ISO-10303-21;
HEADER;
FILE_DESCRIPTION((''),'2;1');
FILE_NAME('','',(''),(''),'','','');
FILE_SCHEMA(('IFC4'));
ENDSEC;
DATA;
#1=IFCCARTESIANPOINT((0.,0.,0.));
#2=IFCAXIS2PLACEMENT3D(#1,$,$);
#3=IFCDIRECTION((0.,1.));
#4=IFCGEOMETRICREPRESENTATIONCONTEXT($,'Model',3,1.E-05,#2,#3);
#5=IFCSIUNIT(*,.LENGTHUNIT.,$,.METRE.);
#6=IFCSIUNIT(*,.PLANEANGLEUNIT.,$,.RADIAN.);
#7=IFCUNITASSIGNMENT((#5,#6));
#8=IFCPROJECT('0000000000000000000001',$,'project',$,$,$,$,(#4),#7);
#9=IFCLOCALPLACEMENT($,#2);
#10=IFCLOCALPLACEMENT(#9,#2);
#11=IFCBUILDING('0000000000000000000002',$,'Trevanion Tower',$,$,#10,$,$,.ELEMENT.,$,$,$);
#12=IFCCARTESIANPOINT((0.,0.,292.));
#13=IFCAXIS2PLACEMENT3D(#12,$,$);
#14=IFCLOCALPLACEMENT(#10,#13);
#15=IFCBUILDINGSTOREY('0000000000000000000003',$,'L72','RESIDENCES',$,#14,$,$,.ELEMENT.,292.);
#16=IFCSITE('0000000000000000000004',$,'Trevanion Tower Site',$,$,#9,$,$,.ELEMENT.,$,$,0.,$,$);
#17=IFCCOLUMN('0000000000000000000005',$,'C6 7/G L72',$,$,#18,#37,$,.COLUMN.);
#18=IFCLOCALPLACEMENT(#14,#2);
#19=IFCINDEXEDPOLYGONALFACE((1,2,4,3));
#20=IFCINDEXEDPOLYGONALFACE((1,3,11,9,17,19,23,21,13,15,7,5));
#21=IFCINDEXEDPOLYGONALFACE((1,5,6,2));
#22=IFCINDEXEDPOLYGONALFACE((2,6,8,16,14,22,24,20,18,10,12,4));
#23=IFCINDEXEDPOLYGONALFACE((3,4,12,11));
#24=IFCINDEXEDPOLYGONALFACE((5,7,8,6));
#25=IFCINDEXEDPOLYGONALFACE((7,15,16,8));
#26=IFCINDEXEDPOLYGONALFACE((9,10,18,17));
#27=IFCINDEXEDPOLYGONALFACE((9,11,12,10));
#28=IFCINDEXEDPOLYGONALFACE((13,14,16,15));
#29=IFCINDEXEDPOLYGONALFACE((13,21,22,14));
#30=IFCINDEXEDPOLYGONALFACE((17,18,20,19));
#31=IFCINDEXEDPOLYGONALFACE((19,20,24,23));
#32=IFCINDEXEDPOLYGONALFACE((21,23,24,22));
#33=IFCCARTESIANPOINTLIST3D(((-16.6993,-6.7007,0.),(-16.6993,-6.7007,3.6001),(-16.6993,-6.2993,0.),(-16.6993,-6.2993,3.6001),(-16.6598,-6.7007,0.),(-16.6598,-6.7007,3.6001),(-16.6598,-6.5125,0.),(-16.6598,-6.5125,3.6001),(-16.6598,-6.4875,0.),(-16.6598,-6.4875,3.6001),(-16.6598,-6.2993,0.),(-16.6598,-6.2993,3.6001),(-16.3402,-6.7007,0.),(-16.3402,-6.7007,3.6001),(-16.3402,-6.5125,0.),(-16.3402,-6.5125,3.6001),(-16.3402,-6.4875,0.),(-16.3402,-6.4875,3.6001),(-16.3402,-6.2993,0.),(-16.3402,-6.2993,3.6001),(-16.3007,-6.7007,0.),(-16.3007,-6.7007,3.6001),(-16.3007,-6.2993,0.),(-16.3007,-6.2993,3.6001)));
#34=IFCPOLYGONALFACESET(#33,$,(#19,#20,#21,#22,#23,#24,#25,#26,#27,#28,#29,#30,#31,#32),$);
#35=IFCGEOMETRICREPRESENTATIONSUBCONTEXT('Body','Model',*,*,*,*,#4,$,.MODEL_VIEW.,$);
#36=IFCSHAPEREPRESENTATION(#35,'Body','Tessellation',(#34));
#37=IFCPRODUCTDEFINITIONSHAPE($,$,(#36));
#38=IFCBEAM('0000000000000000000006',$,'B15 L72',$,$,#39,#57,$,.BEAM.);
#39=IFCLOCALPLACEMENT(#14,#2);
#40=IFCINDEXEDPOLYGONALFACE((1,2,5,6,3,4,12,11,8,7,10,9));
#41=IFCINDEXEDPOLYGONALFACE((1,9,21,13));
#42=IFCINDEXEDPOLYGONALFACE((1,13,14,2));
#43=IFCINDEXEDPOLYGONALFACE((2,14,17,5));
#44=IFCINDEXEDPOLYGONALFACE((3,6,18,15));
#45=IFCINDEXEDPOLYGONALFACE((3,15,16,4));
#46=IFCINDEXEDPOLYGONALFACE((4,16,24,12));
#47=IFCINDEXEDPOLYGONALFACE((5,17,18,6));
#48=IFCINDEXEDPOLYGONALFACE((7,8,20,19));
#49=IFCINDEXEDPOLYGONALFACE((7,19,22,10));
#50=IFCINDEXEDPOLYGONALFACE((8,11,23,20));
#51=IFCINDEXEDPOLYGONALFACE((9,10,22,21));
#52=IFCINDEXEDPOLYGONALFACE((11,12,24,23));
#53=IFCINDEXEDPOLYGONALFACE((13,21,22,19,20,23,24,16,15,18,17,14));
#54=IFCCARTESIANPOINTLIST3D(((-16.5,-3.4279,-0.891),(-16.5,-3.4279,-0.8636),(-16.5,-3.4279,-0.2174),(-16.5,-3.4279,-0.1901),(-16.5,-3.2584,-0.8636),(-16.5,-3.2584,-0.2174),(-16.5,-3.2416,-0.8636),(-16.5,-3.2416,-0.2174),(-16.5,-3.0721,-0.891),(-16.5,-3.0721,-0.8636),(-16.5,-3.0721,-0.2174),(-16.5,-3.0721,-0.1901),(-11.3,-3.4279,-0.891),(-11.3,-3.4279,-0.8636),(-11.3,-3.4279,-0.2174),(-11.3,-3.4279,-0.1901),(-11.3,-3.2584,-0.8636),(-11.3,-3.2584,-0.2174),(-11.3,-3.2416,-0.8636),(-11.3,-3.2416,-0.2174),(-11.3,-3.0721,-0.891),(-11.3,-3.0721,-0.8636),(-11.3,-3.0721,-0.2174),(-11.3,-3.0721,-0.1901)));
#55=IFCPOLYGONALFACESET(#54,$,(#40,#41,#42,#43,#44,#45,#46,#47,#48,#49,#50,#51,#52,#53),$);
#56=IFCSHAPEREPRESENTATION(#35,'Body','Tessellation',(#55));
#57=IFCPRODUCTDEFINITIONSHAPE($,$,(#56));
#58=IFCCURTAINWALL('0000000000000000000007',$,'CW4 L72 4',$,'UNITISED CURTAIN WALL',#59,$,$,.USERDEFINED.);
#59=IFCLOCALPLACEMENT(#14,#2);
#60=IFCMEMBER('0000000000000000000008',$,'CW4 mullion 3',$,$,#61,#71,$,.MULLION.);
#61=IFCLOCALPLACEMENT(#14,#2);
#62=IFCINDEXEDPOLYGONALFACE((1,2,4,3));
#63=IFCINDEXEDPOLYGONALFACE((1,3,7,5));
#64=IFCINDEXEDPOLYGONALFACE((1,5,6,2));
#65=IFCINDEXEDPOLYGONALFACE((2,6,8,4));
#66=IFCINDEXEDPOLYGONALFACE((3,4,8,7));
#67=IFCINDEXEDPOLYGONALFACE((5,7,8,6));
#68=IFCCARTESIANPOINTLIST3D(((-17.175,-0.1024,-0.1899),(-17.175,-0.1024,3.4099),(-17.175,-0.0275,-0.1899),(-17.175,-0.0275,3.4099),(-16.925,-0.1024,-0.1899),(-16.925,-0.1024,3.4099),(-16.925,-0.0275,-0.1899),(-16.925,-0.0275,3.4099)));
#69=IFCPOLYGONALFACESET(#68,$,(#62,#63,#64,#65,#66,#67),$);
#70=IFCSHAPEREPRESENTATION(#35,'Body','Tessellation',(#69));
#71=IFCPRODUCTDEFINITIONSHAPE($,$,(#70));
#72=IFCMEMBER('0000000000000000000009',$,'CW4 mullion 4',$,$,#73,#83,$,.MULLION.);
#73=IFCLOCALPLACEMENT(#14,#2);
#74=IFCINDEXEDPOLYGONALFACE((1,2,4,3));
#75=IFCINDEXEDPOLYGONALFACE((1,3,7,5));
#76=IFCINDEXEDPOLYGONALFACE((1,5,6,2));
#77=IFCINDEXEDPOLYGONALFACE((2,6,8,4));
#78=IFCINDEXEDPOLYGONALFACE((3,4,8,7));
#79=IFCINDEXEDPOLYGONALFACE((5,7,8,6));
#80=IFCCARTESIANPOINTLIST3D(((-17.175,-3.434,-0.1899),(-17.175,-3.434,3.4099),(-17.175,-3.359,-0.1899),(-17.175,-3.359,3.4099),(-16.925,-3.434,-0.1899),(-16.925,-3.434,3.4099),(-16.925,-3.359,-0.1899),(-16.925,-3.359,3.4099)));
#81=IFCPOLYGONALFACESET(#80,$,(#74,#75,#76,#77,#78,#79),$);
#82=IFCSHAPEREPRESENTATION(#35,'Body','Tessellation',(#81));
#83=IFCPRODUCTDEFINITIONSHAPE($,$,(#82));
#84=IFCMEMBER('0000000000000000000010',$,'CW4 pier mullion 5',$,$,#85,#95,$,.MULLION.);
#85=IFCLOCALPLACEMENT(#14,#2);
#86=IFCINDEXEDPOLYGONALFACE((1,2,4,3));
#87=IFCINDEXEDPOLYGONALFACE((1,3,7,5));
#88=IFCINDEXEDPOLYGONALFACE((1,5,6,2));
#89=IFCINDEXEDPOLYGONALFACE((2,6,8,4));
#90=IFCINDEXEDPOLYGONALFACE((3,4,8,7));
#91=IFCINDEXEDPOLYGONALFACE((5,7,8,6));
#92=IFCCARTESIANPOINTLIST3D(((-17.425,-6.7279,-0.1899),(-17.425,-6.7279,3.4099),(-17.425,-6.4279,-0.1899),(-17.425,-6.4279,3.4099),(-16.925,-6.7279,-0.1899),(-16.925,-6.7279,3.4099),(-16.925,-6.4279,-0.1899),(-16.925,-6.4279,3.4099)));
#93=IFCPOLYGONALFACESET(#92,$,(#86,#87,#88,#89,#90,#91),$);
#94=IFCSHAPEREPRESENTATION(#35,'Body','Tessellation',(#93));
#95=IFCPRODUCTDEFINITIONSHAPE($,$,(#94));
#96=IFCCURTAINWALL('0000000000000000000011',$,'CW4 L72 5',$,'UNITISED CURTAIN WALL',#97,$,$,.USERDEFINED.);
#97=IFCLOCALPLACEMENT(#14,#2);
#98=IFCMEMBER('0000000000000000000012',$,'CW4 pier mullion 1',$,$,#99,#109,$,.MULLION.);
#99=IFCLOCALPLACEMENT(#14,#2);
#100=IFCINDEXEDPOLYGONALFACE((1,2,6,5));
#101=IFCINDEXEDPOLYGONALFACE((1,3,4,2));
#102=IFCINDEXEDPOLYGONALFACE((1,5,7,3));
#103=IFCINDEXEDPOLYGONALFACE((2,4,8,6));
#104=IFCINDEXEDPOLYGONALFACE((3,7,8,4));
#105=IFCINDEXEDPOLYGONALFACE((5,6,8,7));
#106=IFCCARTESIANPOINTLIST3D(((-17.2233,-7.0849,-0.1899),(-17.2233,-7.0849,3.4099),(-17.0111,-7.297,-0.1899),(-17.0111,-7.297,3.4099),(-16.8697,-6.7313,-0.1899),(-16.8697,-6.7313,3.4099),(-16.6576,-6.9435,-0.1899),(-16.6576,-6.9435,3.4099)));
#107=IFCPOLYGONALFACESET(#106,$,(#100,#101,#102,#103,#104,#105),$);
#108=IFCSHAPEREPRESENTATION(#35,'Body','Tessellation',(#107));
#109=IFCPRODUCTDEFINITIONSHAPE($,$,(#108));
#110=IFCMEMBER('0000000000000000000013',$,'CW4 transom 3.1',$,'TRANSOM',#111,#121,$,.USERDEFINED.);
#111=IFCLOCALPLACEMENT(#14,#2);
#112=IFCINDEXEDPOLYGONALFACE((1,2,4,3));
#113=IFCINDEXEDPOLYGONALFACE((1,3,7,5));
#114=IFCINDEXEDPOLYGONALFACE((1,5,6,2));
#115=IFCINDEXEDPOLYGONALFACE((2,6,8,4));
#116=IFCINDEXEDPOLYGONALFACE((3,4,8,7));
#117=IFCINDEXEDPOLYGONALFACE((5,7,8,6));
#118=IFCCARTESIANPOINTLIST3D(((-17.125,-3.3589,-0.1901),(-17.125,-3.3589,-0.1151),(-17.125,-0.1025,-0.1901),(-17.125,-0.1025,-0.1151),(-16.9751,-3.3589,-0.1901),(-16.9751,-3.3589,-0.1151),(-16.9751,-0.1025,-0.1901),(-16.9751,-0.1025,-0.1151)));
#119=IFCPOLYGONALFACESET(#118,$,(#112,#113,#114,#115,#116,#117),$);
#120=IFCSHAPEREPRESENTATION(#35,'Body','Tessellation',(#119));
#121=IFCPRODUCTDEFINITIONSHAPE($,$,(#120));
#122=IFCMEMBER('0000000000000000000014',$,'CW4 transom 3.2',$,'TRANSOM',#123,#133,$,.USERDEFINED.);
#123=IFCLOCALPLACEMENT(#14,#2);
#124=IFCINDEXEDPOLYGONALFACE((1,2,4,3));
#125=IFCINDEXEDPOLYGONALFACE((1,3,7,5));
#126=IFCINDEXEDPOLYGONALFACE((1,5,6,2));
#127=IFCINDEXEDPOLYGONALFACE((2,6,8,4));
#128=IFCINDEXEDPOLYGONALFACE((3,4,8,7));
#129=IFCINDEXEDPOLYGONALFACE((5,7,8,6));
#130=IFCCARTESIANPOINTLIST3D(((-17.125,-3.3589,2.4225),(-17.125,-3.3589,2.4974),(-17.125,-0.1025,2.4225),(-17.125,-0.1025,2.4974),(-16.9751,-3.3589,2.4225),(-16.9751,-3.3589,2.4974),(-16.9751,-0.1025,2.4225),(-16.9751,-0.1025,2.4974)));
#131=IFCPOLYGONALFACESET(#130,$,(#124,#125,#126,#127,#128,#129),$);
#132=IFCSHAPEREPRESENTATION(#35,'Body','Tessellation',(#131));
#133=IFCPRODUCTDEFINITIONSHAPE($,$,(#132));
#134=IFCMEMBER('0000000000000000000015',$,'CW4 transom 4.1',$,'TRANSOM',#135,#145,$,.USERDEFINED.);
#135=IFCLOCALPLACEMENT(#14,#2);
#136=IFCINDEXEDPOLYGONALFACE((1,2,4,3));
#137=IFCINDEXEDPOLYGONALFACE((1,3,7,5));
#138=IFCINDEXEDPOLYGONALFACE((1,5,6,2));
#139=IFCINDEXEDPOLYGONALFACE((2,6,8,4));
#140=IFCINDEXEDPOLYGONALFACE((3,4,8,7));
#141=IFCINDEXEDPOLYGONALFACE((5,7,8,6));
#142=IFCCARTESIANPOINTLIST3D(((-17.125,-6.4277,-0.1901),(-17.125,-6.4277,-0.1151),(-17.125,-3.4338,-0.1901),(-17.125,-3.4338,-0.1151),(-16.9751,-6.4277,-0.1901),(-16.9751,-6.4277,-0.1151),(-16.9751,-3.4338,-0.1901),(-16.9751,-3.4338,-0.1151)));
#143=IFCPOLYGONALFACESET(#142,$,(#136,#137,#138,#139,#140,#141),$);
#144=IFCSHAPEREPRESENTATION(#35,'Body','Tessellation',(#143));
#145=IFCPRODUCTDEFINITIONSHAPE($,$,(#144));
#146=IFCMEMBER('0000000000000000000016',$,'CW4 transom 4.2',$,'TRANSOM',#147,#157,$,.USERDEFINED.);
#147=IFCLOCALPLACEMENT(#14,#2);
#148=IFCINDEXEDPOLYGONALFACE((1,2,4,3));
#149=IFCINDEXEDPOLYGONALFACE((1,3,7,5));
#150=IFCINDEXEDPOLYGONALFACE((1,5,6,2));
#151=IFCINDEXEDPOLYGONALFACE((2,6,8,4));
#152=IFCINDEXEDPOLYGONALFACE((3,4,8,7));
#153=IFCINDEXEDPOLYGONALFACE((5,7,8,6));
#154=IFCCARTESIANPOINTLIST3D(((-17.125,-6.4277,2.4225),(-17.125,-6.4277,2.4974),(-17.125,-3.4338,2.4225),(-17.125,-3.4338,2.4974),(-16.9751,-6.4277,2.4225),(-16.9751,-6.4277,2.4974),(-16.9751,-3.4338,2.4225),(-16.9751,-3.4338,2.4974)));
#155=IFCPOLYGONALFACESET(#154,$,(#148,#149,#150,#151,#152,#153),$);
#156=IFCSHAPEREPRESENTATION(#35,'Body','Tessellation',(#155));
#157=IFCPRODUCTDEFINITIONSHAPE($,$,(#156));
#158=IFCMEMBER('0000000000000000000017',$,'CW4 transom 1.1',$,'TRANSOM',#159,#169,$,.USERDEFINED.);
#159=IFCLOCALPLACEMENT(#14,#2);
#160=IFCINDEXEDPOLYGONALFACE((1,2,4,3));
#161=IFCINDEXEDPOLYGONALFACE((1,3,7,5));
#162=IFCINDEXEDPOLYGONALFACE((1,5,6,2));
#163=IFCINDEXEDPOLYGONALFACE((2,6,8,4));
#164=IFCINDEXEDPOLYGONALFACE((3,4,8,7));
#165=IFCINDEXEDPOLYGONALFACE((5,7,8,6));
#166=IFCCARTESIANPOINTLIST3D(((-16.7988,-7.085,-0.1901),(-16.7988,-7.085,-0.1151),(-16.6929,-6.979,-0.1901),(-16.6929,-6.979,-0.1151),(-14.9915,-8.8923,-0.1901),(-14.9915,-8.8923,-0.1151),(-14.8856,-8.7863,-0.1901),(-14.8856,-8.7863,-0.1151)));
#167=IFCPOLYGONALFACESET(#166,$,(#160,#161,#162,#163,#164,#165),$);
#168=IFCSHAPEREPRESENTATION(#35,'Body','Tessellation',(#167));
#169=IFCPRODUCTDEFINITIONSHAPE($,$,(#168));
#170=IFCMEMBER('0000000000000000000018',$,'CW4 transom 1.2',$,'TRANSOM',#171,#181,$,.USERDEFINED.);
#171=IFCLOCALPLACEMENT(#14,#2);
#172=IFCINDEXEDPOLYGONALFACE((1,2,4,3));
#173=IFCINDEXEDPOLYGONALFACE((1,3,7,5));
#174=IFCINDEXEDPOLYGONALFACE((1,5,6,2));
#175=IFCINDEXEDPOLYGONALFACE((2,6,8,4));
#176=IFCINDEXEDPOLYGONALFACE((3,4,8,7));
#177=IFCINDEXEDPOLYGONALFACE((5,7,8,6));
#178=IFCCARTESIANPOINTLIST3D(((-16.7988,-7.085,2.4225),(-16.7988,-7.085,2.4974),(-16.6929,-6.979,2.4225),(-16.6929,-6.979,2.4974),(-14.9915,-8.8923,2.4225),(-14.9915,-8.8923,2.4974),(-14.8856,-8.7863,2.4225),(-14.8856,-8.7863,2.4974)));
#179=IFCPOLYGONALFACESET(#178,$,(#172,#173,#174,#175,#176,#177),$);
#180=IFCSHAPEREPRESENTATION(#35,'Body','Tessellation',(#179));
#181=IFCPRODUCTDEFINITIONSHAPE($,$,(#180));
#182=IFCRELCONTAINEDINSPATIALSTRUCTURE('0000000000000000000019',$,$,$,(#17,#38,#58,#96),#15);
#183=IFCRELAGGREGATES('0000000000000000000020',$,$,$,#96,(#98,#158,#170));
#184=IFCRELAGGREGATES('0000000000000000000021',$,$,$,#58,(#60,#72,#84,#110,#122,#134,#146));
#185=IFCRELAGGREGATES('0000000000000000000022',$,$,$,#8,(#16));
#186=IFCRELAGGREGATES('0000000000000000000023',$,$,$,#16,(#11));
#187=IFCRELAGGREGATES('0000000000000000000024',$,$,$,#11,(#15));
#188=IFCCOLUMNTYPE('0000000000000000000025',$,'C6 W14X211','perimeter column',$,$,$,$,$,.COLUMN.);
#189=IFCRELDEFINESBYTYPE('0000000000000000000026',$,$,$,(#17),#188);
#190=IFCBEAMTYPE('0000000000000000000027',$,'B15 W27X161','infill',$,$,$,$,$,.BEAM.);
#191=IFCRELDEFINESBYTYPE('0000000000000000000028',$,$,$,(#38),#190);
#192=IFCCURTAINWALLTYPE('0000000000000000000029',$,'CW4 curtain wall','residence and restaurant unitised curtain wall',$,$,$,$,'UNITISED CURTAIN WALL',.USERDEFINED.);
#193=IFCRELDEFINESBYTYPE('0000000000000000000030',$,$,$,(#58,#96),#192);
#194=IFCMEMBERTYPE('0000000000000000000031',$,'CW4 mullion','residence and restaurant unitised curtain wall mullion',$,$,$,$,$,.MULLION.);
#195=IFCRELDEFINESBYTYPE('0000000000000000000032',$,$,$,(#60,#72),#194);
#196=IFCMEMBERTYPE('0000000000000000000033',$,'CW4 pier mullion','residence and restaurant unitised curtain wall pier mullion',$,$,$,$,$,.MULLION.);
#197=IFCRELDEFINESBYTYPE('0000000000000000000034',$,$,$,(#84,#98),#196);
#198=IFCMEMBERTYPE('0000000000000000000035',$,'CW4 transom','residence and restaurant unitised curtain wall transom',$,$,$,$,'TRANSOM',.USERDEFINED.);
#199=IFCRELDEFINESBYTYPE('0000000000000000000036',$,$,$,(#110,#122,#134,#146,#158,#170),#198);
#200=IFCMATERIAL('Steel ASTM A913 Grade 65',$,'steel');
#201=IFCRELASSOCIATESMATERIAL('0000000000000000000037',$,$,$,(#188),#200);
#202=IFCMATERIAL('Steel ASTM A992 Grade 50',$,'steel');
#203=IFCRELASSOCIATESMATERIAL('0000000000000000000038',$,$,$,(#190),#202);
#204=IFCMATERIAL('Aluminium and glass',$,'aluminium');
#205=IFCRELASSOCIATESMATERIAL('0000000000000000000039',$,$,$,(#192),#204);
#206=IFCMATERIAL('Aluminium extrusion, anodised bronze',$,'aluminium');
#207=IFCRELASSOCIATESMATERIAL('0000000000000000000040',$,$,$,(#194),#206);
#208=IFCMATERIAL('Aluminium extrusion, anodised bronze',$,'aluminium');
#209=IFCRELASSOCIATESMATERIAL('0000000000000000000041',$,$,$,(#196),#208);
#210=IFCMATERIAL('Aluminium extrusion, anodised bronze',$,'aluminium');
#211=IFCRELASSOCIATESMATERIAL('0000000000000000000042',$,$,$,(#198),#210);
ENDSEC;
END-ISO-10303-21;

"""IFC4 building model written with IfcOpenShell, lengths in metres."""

from ifc_helpers import new_model, si_unit, direction, frame, origin, origin_2d, place, context, subcontext, project, spatial, rectangle, i_section, extrude, material, material_profile, profile_set, type_object, element, aggregate, save


model = new_model("IFC4")

# Units and contexts
model_context = context("Model", 3, precision=1e-05, world=origin(), true_north=direction((0.0, 1.0)))
body_context = subcontext(model_context, "Body", "Model", "MODEL_VIEW")
ifc_project = project(units=[si_unit("LENGTHUNIT", "METRE"), si_unit("PLANEANGLEUNIT", "RADIAN")], contexts=[model_context])

# Site, building, storey
site_placement = place(None, origin())
site = spatial("IfcSite", under=ifc_project, at=site_placement, Name="Trevanion Tower Site", CompositionType="ELEMENT", RefElevation=0.0)
building_placement = place(site_placement, origin())
building = spatial("IfcBuilding", under=site, at=building_placement, Name="Trevanion Tower", CompositionType="ELEMENT")
storey_placement = place(building_placement, frame((0.0, 0.0, 292.0)))
storey = spatial("IfcBuildingStorey", under=building, at=storey_placement, Name="L72", Description="RESIDENCES", CompositionType="ELEMENT", Elevation=292.0)

# Column
ifc_material_1 = material(Name="Steel ASTM A913 Grade 65", Category="steel")
ifc_material_profile_1 = material_profile(ifc_material_1, i_section(OverallWidth=0.4014, OverallDepth=0.3987, WebThickness=0.0249, FlangeThickness=0.0396, at=origin_2d()), Name="W14X211")
ifc_profile_set_1 = profile_set([ifc_material_profile_1], Name="Steel ASTM A913 Grade 65")
column_type = type_object("IfcColumnType", Name="C6 W14X211", Description="perimeter column", PredefinedType="COLUMN", material=ifc_profile_set_1)
column_placement = place(storey_placement, frame((-16.5, -6.5, 0.0), z_axis=(0.0, 0.0, 1.0), x_axis=(0.0, 1.0, 0.0)))
element("IfcColumn", 1, at=column_placement, inside=storey, type_object=column_type, Name="C6 7/G L72", PredefinedType="COLUMN", context=body_context, shape_type="SweptSolid", body=[
    extrude(i_section(OverallWidth=0.4014, OverallDepth=0.3987, WebThickness=0.0249, FlangeThickness=0.0396, at=origin_2d()), origin(), (0.0, 0.0, 1.0), 3.6001),
])

# Beam
ifc_material_2 = material(Name="Steel ASTM A992 Grade 50", Category="steel")
ifc_material_profile_2 = material_profile(ifc_material_2, i_section(OverallWidth=0.3557, OverallDepth=0.7009, WebThickness=0.0168, FlangeThickness=0.0273, at=origin_2d()), Name="W27X161")
ifc_profile_set_2 = profile_set([ifc_material_profile_2], Name="Steel ASTM A992 Grade 50")
beam_type_1 = type_object("IfcBeamType", Name="B15 W27X161", Description="infill", PredefinedType="BEAM", material=ifc_profile_set_2)
beam_1_placement = place(storey_placement, frame((-11.3, -3.25, -0.5405), z_axis=(-1.0, 0.0, 0.0), x_axis=(0.0, -1.0, 0.0)))
element("IfcBeam", 2, at=beam_1_placement, inside=storey, type_object=beam_type_1, Name="B15 L72", PredefinedType="BEAM", context=body_context, shape_type="SweptSolid", body=[
    extrude(i_section(OverallWidth=0.3557, OverallDepth=0.7009, WebThickness=0.0168, FlangeThickness=0.0273, at=origin_2d()), origin(), (0.0, 0.0, 1.0), 5.2),
])

# Curtain wall, members
ifc_material_3 = material(Name="Aluminium and glass", Category="aluminium")
curtain_wall_type = type_object("IfcCurtainWallType", Name="CW4 curtain wall", Description="residence and restaurant unitised curtain wall", ElementType="UNITISED CURTAIN WALL", PredefinedType="USERDEFINED", material=ifc_material_3)
curtain_wall_1_placement = place(storey_placement, origin())
curtain_wall_1 = element("IfcCurtainWall", 3, at=curtain_wall_1_placement, inside=storey, type_object=curtain_wall_type, Name="CW4 L72 4", ObjectType="UNITISED CURTAIN WALL", PredefinedType="USERDEFINED")
ifc_material_4 = material(Name="Aluminium extrusion, anodised bronze", Category="aluminium")
ifc_material_profile_3 = material_profile(ifc_material_4, rectangle(XDim=0.075, YDim=0.25, at=origin_2d()), Name="CW4 mullion")
ifc_profile_set_3 = profile_set([ifc_material_profile_3], Name="Aluminium extrusion, anodised bronze")
member_type_1 = type_object("IfcMemberType", Name="CW4 mullion", Description="residence and restaurant unitised curtain wall mullion", PredefinedType="MULLION", material=ifc_profile_set_3)
member_1_placement = place(storey_placement, frame((-17.05, -0.0649, -0.1899), z_axis=(0.0, 0.0, 1.0), x_axis=(0.0, -1.0, 0.0)))
member_1 = element("IfcMember", 4, at=member_1_placement, type_object=member_type_1, Name="CW4 mullion 3", PredefinedType="MULLION", context=body_context, shape_type="SweptSolid", body=[
    extrude(rectangle(XDim=0.075, YDim=0.25, at=origin_2d()), origin(), (0.0, 0.0, 1.0), 3.5999),
])
member_2_placement = place(storey_placement, frame((-17.05, -3.3965, -0.1899), z_axis=(0.0, 0.0, 1.0), x_axis=(0.0, -1.0, 0.0)))
member_2 = element("IfcMember", 5, at=member_2_placement, type_object=member_type_1, Name="CW4 mullion 4", PredefinedType="MULLION", context=body_context, shape_type="SweptSolid", body=[
    extrude(rectangle(XDim=0.075, YDim=0.25, at=origin_2d()), origin(), (0.0, 0.0, 1.0), 3.5999),
])
ifc_material_5 = material(Name="Aluminium extrusion, anodised bronze", Category="aluminium")
ifc_material_profile_4 = material_profile(ifc_material_5, rectangle(XDim=0.3, YDim=0.5, at=origin_2d()), Name="CW4 pier mullion")
ifc_profile_set_4 = profile_set([ifc_material_profile_4], Name="Aluminium extrusion, anodised bronze")
member_type_2 = type_object("IfcMemberType", Name="CW4 pier mullion", Description="residence and restaurant unitised curtain wall pier mullion", PredefinedType="MULLION", material=ifc_profile_set_4)
member_3_placement = place(storey_placement, frame((-17.175, -6.5779, -0.1899), z_axis=(0.0, 0.0, 1.0), x_axis=(0.0, -1.0, 0.0)))
member_3 = element("IfcMember", 6, at=member_3_placement, type_object=member_type_2, Name="CW4 pier mullion 5", PredefinedType="MULLION", context=body_context, shape_type="SweptSolid", body=[
    extrude(rectangle(XDim=0.3, YDim=0.5, at=origin_2d()), origin(), (0.0, 0.0, 1.0), 3.5999),
])

# Curtain wall, member
curtain_wall_2_placement = place(storey_placement, origin())
curtain_wall_2 = element("IfcCurtainWall", 7, at=curtain_wall_2_placement, inside=storey, type_object=curtain_wall_type, Name="CW4 L72 5", ObjectType="UNITISED CURTAIN WALL", PredefinedType="USERDEFINED")
member_4_placement = place(storey_placement, frame((-16.9404, -7.0142, -0.1899), z_axis=(0.0, 0.0, 1.0), x_axis=(0.707107, -0.707107, 0.0)))
member_4 = element("IfcMember", 8, at=member_4_placement, type_object=member_type_2, Name="CW4 pier mullion 1", PredefinedType="MULLION", context=body_context, shape_type="SweptSolid", body=[
    extrude(rectangle(XDim=0.3, YDim=0.5, at=origin_2d()), origin(), (0.0, 0.0, 1.0), 3.5999),
])

# Members
ifc_material_6 = material(Name="Aluminium extrusion, anodised bronze", Category="aluminium")
ifc_material_profile_5 = material_profile(ifc_material_6, rectangle(XDim=0.1499, YDim=0.075, at=origin_2d()), Name="CW4 transom")
ifc_profile_set_5 = profile_set([ifc_material_profile_5], Name="Aluminium extrusion, anodised bronze")
member_type_3 = type_object("IfcMemberType", Name="CW4 transom", Description="residence and restaurant unitised curtain wall transom", ElementType="TRANSOM", PredefinedType="USERDEFINED", material=ifc_profile_set_5)
member_5_placement = place(storey_placement, frame((-17.05, -0.1025, -0.1526), z_axis=(0.0, -1.0, 0.0), x_axis=(1.0, 0.0, 0.0)))
member_5 = element("IfcMember", 9, at=member_5_placement, type_object=member_type_3, Name="CW4 transom 3.1", ObjectType="TRANSOM", PredefinedType="USERDEFINED", context=body_context, shape_type="SweptSolid", body=[
    extrude(rectangle(XDim=0.1499, YDim=0.075, at=origin_2d()), origin(), (0.0, 0.0, 1.0), 3.2563),
])
member_6_placement = place(storey_placement, frame((-17.05, -0.1025, 2.46), z_axis=(0.0, -1.0, 0.0), x_axis=(1.0, 0.0, 0.0)))
member_6 = element("IfcMember", 10, at=member_6_placement, type_object=member_type_3, Name="CW4 transom 3.2", ObjectType="TRANSOM", PredefinedType="USERDEFINED", context=body_context, shape_type="SweptSolid", body=[
    extrude(rectangle(XDim=0.1499, YDim=0.075, at=origin_2d()), origin(), (0.0, 0.0, 1.0), 3.2563),
])
member_7_placement = place(storey_placement, frame((-17.05, -3.4338, -0.1526), z_axis=(0.0, -1.0, 0.0), x_axis=(1.0, 0.0, 0.0)))
member_7 = element("IfcMember", 11, at=member_7_placement, type_object=member_type_3, Name="CW4 transom 4.1", ObjectType="TRANSOM", PredefinedType="USERDEFINED", context=body_context, shape_type="SweptSolid", body=[
    extrude(rectangle(XDim=0.1499, YDim=0.075, at=origin_2d()), origin(), (0.0, 0.0, 1.0), 2.9939),
])
member_8_placement = place(storey_placement, frame((-17.05, -3.4338, 2.46), z_axis=(0.0, -1.0, 0.0), x_axis=(1.0, 0.0, 0.0)))
member_8 = element("IfcMember", 12, at=member_8_placement, type_object=member_type_3, Name="CW4 transom 4.2", ObjectType="TRANSOM", PredefinedType="USERDEFINED", context=body_context, shape_type="SweptSolid", body=[
    extrude(rectangle(XDim=0.1499, YDim=0.075, at=origin_2d()), origin(), (0.0, 0.0, 1.0), 2.9939),
])
member_9_placement = place(storey_placement, frame((-16.7458, -7.032, -0.1526), z_axis=(0.707107, -0.707107, 0.0), x_axis=(0.707107, 0.707107, 0.0)))
member_9 = element("IfcMember", 13, at=member_9_placement, type_object=member_type_3, Name="CW4 transom 1.1", ObjectType="TRANSOM", PredefinedType="USERDEFINED", context=body_context, shape_type="SweptSolid", body=[
    extrude(rectangle(XDim=0.1499, YDim=0.075, at=origin_2d()), origin(), (0.0, 0.0, 1.0), 2.5559),
])
member_10_placement = place(storey_placement, frame((-16.7458, -7.032, 2.46), z_axis=(0.707107, -0.707107, 0.0), x_axis=(0.707107, 0.707107, 0.0)))
member_10 = element("IfcMember", 14, at=member_10_placement, type_object=member_type_3, Name="CW4 transom 1.2", ObjectType="TRANSOM", PredefinedType="USERDEFINED", context=body_context, shape_type="SweptSolid", body=[
    extrude(rectangle(XDim=0.1499, YDim=0.075, at=origin_2d()), origin(), (0.0, 0.0, 1.0), 2.5559),
])
aggregate(curtain_wall_2, [member_4, member_9, member_10])

aggregate(curtain_wall_1, [member_1, member_2, member_3, member_5, member_6, member_7, member_8])

save(model, "model.ifc")
